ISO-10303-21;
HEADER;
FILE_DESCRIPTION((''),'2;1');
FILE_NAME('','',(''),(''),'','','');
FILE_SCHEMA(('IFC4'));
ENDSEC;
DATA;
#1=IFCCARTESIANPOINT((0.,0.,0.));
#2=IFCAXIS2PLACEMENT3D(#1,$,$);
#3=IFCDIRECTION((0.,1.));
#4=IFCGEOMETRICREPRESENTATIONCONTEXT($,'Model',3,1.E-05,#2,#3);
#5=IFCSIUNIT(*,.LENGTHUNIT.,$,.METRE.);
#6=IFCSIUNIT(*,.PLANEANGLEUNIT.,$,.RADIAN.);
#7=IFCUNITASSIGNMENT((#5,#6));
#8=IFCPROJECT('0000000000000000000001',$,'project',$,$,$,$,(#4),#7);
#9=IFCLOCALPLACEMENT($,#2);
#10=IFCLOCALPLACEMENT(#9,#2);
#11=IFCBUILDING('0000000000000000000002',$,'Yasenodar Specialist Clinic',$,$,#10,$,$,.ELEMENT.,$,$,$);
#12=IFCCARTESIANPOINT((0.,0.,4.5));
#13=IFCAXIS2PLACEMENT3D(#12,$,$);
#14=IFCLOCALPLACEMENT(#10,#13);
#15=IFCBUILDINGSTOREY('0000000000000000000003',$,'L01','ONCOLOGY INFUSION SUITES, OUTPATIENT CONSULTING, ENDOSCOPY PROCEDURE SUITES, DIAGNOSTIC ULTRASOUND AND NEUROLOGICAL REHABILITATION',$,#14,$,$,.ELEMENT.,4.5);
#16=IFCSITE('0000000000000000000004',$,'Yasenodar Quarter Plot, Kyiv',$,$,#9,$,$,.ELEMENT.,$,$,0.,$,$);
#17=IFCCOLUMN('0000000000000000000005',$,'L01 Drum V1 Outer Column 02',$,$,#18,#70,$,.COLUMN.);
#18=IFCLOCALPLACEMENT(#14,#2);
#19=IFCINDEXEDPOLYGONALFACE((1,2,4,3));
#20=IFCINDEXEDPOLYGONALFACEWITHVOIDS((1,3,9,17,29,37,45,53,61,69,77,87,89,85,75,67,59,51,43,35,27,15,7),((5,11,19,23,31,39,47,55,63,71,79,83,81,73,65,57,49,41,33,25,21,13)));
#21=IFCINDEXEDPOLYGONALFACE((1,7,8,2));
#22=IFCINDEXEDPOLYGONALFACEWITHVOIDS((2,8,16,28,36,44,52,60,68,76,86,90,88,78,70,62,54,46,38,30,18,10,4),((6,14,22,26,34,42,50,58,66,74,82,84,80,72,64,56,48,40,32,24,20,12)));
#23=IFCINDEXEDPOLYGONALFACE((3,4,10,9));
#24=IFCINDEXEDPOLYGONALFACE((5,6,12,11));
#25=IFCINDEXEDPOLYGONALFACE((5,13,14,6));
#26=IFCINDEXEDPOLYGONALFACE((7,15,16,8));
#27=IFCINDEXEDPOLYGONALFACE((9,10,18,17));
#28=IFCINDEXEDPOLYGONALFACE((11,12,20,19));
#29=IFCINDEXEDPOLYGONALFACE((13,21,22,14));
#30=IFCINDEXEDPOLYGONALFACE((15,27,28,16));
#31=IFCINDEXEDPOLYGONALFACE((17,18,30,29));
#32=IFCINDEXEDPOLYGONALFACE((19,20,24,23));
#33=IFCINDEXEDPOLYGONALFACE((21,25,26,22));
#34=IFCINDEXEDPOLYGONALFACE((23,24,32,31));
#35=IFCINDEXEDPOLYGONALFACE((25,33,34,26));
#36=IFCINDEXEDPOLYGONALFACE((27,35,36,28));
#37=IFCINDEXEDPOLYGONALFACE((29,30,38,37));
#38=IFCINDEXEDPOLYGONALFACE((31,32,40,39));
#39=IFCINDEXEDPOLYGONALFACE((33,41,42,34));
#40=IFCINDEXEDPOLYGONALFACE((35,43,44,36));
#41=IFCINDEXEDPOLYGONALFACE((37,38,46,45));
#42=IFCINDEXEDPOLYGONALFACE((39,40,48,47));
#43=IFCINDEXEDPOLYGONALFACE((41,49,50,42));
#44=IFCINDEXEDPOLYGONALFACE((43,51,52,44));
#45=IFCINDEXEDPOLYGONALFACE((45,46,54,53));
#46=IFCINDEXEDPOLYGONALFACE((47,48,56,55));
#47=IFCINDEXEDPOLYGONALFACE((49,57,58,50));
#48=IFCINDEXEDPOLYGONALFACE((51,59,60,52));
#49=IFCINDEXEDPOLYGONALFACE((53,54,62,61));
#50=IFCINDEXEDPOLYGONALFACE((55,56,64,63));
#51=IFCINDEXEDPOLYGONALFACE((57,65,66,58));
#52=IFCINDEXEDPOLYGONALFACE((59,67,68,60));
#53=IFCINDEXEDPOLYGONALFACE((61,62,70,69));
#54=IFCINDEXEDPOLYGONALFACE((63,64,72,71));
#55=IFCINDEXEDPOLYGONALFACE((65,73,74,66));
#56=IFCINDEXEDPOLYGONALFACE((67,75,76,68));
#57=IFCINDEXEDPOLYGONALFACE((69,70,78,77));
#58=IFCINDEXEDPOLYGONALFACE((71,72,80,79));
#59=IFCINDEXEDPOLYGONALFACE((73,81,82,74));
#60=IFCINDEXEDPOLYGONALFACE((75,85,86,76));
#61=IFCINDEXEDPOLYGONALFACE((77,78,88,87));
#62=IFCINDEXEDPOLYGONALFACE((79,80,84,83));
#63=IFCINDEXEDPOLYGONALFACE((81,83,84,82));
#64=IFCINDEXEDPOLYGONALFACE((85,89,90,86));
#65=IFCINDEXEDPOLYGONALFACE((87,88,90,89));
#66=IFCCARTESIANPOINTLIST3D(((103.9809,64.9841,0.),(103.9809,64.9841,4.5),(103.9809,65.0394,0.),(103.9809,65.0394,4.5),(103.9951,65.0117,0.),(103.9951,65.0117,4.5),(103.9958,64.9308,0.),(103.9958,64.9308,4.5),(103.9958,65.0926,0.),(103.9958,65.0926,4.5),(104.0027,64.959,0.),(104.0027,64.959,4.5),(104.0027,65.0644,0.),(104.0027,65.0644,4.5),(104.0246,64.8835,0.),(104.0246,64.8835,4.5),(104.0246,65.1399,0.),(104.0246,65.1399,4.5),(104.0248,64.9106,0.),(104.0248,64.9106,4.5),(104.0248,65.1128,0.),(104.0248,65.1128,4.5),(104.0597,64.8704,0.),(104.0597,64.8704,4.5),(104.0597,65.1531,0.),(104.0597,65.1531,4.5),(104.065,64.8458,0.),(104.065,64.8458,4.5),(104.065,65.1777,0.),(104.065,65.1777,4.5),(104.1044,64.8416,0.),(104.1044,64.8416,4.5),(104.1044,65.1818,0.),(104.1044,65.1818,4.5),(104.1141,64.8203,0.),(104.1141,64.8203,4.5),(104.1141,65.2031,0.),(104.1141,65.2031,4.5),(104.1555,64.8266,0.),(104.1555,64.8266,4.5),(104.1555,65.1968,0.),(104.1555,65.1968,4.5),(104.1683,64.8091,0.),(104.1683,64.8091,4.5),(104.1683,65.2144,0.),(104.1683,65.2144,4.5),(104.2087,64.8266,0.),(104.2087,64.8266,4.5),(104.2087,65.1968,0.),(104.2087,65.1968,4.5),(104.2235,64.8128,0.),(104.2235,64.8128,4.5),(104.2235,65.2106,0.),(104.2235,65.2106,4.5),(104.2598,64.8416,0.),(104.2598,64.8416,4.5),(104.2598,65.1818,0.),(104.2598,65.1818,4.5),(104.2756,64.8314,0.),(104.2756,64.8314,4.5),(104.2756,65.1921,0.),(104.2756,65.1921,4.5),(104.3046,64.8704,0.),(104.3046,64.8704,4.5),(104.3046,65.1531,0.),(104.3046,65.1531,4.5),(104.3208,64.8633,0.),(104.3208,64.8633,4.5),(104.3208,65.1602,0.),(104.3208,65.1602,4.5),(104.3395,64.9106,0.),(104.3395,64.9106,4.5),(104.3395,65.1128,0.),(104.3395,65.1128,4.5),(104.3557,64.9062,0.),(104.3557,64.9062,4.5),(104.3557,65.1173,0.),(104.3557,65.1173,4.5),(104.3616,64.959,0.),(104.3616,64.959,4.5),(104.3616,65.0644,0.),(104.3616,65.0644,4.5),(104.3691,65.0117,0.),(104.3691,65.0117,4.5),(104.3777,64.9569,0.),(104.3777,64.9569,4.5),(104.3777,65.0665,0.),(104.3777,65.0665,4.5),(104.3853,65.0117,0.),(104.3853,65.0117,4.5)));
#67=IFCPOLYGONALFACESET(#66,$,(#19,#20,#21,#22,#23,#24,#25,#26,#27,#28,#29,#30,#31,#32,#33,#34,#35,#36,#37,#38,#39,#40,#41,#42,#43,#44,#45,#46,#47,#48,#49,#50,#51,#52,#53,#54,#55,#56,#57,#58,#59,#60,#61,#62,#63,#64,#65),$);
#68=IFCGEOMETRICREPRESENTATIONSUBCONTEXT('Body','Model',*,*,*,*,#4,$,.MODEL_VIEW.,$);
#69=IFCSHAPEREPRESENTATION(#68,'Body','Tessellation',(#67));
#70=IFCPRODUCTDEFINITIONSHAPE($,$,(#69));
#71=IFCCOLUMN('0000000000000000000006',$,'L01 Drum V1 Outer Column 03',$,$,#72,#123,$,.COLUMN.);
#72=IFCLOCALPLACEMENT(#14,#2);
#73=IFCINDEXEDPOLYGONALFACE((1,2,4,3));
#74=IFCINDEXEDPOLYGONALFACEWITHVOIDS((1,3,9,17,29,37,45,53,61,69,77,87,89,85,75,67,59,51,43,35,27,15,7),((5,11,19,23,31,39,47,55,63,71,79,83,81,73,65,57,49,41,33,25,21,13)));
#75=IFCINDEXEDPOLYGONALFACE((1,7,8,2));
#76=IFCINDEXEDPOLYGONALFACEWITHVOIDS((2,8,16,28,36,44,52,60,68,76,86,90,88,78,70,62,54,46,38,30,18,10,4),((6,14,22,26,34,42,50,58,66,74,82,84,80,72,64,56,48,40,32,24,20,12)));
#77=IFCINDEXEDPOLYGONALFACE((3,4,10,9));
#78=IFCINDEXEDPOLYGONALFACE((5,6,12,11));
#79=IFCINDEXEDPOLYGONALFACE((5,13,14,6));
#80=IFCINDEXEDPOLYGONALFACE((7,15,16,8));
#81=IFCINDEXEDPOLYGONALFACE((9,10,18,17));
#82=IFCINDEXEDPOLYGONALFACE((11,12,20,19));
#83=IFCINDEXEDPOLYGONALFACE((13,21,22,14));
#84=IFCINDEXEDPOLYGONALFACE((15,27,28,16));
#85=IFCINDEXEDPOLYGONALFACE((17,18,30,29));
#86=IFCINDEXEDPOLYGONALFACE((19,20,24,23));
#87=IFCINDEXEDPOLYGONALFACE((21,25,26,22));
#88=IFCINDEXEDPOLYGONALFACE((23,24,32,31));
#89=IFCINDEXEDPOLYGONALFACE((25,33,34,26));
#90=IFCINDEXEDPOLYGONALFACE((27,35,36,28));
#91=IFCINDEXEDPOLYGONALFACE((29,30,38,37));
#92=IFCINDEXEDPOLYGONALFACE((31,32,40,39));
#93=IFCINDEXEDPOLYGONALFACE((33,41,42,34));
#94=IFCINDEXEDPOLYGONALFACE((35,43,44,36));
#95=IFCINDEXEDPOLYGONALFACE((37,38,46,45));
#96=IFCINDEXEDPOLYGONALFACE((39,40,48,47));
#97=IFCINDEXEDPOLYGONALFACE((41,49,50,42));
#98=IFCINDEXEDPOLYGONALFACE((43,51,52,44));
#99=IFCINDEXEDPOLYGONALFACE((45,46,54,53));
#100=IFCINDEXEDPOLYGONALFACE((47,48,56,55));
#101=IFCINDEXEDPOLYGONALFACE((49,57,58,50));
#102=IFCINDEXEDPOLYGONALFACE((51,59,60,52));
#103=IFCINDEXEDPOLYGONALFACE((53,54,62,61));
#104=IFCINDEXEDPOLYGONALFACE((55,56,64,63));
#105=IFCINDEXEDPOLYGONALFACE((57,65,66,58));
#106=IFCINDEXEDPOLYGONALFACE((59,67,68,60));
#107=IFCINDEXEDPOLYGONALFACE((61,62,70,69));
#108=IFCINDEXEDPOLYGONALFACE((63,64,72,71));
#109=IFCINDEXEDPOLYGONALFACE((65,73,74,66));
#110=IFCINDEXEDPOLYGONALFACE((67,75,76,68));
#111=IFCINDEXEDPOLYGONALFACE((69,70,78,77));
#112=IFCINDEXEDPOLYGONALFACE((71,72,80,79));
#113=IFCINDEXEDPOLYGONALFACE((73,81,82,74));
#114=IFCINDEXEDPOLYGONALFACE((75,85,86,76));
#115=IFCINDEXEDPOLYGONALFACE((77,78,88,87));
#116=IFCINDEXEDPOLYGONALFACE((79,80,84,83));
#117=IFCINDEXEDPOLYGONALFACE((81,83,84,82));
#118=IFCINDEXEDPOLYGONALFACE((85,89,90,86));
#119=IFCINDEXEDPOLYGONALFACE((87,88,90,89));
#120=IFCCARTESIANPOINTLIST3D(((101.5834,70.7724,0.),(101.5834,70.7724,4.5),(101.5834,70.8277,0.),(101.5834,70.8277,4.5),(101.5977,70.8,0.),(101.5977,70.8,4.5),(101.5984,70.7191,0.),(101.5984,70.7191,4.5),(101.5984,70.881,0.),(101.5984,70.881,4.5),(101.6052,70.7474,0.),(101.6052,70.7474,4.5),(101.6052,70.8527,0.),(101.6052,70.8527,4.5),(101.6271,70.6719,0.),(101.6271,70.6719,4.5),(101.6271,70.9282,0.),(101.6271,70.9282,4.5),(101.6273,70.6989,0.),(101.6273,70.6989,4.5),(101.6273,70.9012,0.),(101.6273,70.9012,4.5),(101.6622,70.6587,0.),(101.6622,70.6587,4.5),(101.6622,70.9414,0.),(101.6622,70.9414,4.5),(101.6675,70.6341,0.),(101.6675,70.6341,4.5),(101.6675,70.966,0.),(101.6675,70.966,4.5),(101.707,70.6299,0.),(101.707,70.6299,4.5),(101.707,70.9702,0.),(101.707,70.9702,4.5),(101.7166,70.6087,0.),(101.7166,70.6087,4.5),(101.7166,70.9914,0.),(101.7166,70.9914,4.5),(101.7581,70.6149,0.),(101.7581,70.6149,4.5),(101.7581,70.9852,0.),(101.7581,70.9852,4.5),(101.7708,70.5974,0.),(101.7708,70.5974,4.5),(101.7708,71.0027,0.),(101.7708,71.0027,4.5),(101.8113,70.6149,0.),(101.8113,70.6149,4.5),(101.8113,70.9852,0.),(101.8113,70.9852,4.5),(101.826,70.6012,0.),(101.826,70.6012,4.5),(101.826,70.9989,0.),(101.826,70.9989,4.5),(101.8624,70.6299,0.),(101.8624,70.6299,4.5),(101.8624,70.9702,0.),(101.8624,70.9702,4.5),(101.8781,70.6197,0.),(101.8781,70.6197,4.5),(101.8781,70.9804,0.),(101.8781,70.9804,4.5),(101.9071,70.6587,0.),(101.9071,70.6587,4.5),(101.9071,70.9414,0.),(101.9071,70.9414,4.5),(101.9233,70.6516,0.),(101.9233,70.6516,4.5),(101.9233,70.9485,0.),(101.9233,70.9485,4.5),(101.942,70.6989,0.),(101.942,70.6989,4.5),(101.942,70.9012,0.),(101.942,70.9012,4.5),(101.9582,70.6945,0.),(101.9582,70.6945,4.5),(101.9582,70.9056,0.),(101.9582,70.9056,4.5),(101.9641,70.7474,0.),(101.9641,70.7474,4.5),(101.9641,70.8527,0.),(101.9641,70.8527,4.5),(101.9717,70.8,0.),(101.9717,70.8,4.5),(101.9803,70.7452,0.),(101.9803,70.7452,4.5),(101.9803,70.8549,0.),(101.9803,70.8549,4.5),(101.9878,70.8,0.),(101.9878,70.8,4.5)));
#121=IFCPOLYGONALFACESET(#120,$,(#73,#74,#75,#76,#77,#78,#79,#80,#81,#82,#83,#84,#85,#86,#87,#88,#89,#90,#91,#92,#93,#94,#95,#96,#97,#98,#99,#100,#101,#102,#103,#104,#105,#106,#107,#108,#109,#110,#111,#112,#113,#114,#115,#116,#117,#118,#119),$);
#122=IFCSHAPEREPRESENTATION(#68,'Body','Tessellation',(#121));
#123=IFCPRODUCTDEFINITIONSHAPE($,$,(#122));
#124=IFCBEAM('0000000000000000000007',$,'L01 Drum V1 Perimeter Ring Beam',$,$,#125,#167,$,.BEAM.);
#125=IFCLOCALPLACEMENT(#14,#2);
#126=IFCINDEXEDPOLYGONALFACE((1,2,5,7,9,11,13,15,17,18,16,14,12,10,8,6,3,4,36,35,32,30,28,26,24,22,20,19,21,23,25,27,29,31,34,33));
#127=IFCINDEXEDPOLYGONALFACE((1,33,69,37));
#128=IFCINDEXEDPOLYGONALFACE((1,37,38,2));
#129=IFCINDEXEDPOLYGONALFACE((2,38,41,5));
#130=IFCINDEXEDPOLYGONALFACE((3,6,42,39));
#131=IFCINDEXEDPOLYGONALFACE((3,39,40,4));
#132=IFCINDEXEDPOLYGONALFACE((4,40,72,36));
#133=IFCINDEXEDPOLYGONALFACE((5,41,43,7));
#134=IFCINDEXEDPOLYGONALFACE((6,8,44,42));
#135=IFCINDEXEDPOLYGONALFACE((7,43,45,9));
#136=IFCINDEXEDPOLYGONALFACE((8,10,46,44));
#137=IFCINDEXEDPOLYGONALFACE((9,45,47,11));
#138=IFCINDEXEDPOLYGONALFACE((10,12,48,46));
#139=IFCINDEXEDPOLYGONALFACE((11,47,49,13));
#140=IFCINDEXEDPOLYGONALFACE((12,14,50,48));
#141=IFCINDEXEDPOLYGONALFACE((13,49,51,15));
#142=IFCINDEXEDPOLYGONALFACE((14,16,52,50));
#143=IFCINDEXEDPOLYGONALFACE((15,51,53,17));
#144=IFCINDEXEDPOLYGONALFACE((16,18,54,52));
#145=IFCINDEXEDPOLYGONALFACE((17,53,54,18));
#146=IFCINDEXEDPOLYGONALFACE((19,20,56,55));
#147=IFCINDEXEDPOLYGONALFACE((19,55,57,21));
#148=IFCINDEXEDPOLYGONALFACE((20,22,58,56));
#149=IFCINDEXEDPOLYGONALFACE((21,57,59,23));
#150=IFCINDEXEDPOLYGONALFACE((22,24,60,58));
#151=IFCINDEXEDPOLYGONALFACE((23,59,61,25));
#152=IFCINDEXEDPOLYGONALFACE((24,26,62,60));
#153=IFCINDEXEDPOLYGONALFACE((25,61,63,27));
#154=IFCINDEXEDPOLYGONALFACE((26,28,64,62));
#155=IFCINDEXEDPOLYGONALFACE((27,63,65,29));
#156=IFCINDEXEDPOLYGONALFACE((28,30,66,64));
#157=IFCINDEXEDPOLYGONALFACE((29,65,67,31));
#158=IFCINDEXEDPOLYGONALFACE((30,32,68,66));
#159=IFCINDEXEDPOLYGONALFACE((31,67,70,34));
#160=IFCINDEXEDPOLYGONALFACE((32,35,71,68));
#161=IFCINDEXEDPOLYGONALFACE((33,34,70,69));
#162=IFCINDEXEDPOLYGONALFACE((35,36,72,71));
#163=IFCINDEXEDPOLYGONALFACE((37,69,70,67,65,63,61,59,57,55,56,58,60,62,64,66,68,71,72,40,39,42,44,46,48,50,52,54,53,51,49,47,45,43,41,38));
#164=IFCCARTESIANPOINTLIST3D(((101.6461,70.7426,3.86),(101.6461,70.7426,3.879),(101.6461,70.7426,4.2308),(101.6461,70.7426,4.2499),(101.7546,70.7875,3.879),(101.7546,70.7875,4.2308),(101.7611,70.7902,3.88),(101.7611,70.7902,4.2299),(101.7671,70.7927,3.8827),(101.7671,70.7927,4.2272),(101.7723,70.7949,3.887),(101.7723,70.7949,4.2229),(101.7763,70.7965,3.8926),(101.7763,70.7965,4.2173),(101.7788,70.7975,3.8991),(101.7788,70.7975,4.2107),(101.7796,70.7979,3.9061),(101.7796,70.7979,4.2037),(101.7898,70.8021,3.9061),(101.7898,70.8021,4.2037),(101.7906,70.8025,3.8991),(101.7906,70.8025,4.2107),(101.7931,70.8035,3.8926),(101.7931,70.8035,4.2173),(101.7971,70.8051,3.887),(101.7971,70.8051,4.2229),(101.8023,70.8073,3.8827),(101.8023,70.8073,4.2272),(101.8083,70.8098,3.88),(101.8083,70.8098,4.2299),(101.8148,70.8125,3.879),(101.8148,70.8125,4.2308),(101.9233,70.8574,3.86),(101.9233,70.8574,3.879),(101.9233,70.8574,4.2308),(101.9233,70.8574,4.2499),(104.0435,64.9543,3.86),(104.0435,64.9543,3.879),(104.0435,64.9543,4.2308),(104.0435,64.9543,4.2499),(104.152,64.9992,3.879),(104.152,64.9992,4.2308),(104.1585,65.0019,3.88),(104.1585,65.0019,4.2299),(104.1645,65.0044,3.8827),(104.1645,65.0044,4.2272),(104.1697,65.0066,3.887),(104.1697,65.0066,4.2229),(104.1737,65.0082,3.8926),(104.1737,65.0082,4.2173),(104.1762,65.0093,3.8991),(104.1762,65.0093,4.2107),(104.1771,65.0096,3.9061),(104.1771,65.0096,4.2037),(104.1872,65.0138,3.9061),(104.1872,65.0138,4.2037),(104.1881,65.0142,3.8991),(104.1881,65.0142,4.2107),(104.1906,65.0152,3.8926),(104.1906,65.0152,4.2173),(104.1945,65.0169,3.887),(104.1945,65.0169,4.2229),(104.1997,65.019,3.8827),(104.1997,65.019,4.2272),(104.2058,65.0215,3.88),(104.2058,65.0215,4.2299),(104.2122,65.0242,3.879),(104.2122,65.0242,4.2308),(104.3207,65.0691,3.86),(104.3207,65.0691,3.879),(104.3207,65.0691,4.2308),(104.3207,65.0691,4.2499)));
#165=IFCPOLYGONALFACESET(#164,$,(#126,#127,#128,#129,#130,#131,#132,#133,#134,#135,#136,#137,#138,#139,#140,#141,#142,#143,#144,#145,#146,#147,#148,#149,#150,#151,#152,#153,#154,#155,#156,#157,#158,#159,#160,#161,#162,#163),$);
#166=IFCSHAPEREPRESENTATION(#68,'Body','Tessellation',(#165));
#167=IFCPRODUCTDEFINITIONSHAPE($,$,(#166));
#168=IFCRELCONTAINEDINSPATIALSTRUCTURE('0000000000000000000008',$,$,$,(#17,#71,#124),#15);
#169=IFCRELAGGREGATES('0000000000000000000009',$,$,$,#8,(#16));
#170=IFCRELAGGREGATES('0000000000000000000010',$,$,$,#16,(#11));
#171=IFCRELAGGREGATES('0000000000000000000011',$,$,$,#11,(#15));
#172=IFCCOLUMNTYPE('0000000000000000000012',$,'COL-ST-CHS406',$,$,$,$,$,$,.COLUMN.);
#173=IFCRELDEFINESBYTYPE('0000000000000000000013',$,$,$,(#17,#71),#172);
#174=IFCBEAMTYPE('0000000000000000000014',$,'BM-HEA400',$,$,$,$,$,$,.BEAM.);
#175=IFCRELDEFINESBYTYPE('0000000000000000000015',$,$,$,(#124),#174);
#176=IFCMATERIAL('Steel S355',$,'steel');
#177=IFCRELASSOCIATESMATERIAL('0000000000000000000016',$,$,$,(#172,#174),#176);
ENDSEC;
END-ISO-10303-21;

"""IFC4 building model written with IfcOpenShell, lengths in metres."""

from ifc_helpers import new_model, si_unit, direction, frame, origin, origin_2d, place, context, subcontext, project, spatial, hollow_circle, i_section, extrude, material, material_profile, profile_set, type_object, element, save


model = new_model("IFC4")

# Units and contexts
model_context = context("Model", 3, precision=1e-05, world=origin(), true_north=direction((0.0, 1.0)))
body_context = subcontext(model_context, "Body", "Model", "MODEL_VIEW")
ifc_project = project(units=[si_unit("LENGTHUNIT", "METRE"), si_unit("PLANEANGLEUNIT", "RADIAN")], contexts=[model_context])

# Site, building, storey
site_placement = place(None, origin())
site = spatial("IfcSite", under=ifc_project, at=site_placement, Name="Yasenodar Quarter Plot, Kyiv", CompositionType="ELEMENT", RefElevation=0.0)
building_placement = place(site_placement, origin())
building = spatial("IfcBuilding", under=site, at=building_placement, Name="Yasenodar Specialist Clinic", CompositionType="ELEMENT")
storey_placement = place(building_placement, frame((0.0, 0.0, 4.5)))
storey = spatial("IfcBuildingStorey", under=building, at=storey_placement, Name="L01", Description="ONCOLOGY INFUSION SUITES, OUTPATIENT CONSULTING, ENDOSCOPY PROCEDURE SUITES, DIAGNOSTIC ULTRASOUND AND NEUROLOGICAL REHABILITATION", CompositionType="ELEMENT", Elevation=4.5)

# Columns
ifc_material_1 = material(Name="Steel S355", Category="steel")
ifc_material_profile_1 = material_profile(ifc_material_1, hollow_circle(Radius=0.2031, WallThickness=0.0161, at=origin_2d()), Name="CHS 406.4x16")
ifc_profile_set_1 = profile_set([ifc_material_profile_1], Name="Steel S355")
column_type = type_object("IfcColumnType", Name="COL-ST-CHS406", PredefinedType="COLUMN", material=ifc_profile_set_1)
for number, where, z_axis, x_axis, name in (
    (1, (104.1821, 65.0117, 0.0), (0.0, 0.0, 1.0), (1.0, 0.0, 0.0), "L01 Drum V1 Outer Column 02"),
    (2, (101.7847, 70.8, 0.0), (0.0, 0.0, 1.0), (1.0, 0.0, 0.0), "L01 Drum V1 Outer Column 03"),
):
    element("IfcColumn", number, at=place(storey_placement, frame(where, z_axis=z_axis, x_axis=x_axis)), inside=storey, type_object=column_type, Name=name, PredefinedType="COLUMN", context=body_context, shape_type="SweptSolid", body=[
        extrude(hollow_circle(Radius=0.2031, WallThickness=0.0161, at=origin_2d()), origin(), (0.0, 0.0, 1.0), 4.5),
    ])

# Beam
ifc_material_profile_2 = material_profile(ifc_material_1, i_section(OverallWidth=0.3, OverallDepth=0.3899, WebThickness=0.011, FlangeThickness=0.019, FilletRadius=0.0271, at=origin_2d()), Name="HEA 400")
ifc_profile_set_2 = profile_set([ifc_material_profile_2], Name="Steel S355")
beam_type = type_object("IfcBeamType", Name="BM-HEA400", PredefinedType="BEAM", material=ifc_profile_set_2)
for number, where, z_axis, x_axis, name in (
    (3, (104.1821, 65.0117, 4.0549), (-0.382664, 0.923888, 0.0), (-0.923888, -0.382664, 0.0), "L01 Drum V1 Perimeter Ring Beam"),
):
    element("IfcBeam", number, at=place(storey_placement, frame(where, z_axis=z_axis, x_axis=x_axis)), inside=storey, type_object=beam_type, Name=name, PredefinedType="BEAM", context=body_context, shape_type="SweptSolid", body=[
        extrude(i_section(OverallWidth=0.3, OverallDepth=0.3899, WebThickness=0.011, FlangeThickness=0.019, FilletRadius=0.0271, at=origin_2d()), origin(), (0.0, 0.0, 1.0), 6.2651),
    ])

save(model, "model.ifc")
